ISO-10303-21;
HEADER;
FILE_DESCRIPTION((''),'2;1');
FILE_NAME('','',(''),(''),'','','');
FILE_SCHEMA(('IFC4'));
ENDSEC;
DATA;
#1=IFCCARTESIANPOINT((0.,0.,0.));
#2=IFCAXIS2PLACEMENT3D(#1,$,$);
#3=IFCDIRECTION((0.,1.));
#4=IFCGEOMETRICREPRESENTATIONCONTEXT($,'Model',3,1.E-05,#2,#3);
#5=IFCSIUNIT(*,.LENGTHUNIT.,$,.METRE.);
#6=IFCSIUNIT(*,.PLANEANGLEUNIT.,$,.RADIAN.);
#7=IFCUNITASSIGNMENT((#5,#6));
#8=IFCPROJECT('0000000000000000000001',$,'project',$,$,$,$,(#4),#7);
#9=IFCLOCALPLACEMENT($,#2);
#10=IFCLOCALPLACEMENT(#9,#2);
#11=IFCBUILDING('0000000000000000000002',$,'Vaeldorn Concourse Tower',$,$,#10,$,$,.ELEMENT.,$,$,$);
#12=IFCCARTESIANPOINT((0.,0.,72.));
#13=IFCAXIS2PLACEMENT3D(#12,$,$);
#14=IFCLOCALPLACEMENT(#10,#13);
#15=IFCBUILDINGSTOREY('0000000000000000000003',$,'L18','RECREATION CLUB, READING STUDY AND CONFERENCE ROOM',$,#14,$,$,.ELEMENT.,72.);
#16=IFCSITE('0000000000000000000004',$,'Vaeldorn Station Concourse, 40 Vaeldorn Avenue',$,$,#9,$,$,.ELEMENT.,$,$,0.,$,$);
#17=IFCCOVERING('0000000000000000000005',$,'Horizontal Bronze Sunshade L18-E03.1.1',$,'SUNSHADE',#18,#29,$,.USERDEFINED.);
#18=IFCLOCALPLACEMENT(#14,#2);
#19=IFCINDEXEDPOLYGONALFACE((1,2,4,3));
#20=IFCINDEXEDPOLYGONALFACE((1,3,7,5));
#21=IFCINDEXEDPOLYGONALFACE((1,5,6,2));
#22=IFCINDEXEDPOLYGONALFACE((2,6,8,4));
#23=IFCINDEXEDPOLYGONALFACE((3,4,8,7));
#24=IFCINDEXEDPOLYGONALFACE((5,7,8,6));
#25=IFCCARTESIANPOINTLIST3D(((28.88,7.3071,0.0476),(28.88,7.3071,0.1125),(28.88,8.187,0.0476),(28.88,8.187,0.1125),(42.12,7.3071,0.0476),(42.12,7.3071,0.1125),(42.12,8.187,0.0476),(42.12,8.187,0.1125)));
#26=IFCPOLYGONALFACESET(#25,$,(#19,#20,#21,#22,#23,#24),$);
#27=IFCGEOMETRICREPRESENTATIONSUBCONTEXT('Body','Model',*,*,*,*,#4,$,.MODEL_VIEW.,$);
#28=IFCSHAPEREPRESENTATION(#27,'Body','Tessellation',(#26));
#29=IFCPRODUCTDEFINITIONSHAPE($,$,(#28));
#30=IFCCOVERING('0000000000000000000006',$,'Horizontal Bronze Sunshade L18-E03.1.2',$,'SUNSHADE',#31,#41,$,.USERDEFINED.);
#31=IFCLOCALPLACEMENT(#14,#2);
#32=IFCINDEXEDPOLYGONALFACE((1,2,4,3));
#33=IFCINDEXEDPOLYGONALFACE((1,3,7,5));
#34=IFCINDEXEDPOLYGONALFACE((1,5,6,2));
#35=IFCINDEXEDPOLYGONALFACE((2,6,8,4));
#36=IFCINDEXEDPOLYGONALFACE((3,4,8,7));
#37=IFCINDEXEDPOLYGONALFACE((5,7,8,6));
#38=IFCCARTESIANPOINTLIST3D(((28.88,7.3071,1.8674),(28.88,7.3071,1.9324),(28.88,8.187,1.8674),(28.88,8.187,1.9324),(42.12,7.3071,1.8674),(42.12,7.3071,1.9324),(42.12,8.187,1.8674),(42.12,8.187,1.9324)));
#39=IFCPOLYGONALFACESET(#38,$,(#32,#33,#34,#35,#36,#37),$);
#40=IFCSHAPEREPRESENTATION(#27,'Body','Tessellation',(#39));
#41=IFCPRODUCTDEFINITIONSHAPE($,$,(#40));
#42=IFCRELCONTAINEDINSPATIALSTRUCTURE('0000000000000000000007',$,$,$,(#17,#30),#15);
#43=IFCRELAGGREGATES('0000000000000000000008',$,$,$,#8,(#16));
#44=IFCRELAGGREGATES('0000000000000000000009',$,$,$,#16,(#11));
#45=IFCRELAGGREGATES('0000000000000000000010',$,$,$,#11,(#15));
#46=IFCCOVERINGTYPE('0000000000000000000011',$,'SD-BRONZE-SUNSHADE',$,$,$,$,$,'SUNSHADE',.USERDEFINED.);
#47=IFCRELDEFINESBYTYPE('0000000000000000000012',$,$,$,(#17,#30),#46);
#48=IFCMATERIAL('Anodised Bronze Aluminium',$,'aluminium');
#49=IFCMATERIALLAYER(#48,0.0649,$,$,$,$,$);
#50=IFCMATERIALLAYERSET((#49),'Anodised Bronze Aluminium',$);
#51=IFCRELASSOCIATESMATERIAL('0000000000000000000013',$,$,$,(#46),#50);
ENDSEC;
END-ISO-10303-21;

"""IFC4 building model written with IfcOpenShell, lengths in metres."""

from ifc_helpers import new_model, si_unit, direction, frame, origin, origin_2d, place, context, subcontext, project, spatial, rectangle, extrude, source, transform, mapped, material, layer, layer_set, type_object, element, save


model = new_model("IFC4")

# Units and contexts
model_context = context("Model", 3, precision=1e-05, world=origin(), true_north=direction((0.0, 1.0)))
body_context = subcontext(model_context, "Body", "Model", "MODEL_VIEW")
ifc_project = project(units=[si_unit("LENGTHUNIT", "METRE"), si_unit("PLANEANGLEUNIT", "RADIAN")], contexts=[model_context])

# Site, building, storey
site_placement = place(None, origin())
site = spatial("IfcSite", under=ifc_project, at=site_placement, Name="Vaeldorn Station Concourse, 40 Vaeldorn Avenue", CompositionType="ELEMENT", RefElevation=0.0)
building_placement = place(site_placement, origin())
building = spatial("IfcBuilding", under=site, at=building_placement, Name="Vaeldorn Concourse Tower", CompositionType="ELEMENT")
storey_placement = place(building_placement, frame((0.0, 0.0, 72.0)))
storey = spatial("IfcBuildingStorey", under=building, at=storey_placement, Name="L18", Description="RECREATION CLUB, READING STUDY AND CONFERENCE ROOM", CompositionType="ELEMENT", Elevation=72.0)

# Shared definitions
ifc_material_1 = material(Name="Anodised Bronze Aluminium", Category="aluminium")

# Coverings
ifc_layer_1 = layer(ifc_material_1, 0.0649)
ifc_layer_set_1 = layer_set([ifc_layer_1], Name="Anodised Bronze Aluminium")
covering_type = type_object("IfcCoveringType", Name="SD-BRONZE-SUNSHADE", ElementType="SUNSHADE", PredefinedType="USERDEFINED", material=ifc_layer_set_1)
shared_shape_1 = source(origin(), body_context, "Body", "SweptSolid", [
    extrude(rectangle(XDim=13.24, YDim=0.8799, at=origin_2d()), origin(), (0.0, 0.0, 1.0), 0.0649),
])
for number, where, z_axis, x_axis, name in (
    (1, (35.5, 7.7471, 0.0476), (0.0, 0.0, 1.0), (1.0, 0.0, 0.0), "Horizontal Bronze Sunshade L18-E03.1.1"),
    (2, (35.5, 7.7471, 1.8674), (0.0, 0.0, 1.0), (1.0, 0.0, 0.0), "Horizontal Bronze Sunshade L18-E03.1.2"),
):
    element("IfcCovering", number, at=place(storey_placement, frame(where, z_axis=z_axis, x_axis=x_axis)), inside=storey, type_object=covering_type, Name=name, ObjectType="SUNSHADE", PredefinedType="USERDEFINED", context=body_context, shape_type="MappedRepresentation", body=[
        mapped(shared_shape_1, transform((0.0, 0.0, 0.0), scale=1.0)),
    ])

save(model, "model.ifc")
